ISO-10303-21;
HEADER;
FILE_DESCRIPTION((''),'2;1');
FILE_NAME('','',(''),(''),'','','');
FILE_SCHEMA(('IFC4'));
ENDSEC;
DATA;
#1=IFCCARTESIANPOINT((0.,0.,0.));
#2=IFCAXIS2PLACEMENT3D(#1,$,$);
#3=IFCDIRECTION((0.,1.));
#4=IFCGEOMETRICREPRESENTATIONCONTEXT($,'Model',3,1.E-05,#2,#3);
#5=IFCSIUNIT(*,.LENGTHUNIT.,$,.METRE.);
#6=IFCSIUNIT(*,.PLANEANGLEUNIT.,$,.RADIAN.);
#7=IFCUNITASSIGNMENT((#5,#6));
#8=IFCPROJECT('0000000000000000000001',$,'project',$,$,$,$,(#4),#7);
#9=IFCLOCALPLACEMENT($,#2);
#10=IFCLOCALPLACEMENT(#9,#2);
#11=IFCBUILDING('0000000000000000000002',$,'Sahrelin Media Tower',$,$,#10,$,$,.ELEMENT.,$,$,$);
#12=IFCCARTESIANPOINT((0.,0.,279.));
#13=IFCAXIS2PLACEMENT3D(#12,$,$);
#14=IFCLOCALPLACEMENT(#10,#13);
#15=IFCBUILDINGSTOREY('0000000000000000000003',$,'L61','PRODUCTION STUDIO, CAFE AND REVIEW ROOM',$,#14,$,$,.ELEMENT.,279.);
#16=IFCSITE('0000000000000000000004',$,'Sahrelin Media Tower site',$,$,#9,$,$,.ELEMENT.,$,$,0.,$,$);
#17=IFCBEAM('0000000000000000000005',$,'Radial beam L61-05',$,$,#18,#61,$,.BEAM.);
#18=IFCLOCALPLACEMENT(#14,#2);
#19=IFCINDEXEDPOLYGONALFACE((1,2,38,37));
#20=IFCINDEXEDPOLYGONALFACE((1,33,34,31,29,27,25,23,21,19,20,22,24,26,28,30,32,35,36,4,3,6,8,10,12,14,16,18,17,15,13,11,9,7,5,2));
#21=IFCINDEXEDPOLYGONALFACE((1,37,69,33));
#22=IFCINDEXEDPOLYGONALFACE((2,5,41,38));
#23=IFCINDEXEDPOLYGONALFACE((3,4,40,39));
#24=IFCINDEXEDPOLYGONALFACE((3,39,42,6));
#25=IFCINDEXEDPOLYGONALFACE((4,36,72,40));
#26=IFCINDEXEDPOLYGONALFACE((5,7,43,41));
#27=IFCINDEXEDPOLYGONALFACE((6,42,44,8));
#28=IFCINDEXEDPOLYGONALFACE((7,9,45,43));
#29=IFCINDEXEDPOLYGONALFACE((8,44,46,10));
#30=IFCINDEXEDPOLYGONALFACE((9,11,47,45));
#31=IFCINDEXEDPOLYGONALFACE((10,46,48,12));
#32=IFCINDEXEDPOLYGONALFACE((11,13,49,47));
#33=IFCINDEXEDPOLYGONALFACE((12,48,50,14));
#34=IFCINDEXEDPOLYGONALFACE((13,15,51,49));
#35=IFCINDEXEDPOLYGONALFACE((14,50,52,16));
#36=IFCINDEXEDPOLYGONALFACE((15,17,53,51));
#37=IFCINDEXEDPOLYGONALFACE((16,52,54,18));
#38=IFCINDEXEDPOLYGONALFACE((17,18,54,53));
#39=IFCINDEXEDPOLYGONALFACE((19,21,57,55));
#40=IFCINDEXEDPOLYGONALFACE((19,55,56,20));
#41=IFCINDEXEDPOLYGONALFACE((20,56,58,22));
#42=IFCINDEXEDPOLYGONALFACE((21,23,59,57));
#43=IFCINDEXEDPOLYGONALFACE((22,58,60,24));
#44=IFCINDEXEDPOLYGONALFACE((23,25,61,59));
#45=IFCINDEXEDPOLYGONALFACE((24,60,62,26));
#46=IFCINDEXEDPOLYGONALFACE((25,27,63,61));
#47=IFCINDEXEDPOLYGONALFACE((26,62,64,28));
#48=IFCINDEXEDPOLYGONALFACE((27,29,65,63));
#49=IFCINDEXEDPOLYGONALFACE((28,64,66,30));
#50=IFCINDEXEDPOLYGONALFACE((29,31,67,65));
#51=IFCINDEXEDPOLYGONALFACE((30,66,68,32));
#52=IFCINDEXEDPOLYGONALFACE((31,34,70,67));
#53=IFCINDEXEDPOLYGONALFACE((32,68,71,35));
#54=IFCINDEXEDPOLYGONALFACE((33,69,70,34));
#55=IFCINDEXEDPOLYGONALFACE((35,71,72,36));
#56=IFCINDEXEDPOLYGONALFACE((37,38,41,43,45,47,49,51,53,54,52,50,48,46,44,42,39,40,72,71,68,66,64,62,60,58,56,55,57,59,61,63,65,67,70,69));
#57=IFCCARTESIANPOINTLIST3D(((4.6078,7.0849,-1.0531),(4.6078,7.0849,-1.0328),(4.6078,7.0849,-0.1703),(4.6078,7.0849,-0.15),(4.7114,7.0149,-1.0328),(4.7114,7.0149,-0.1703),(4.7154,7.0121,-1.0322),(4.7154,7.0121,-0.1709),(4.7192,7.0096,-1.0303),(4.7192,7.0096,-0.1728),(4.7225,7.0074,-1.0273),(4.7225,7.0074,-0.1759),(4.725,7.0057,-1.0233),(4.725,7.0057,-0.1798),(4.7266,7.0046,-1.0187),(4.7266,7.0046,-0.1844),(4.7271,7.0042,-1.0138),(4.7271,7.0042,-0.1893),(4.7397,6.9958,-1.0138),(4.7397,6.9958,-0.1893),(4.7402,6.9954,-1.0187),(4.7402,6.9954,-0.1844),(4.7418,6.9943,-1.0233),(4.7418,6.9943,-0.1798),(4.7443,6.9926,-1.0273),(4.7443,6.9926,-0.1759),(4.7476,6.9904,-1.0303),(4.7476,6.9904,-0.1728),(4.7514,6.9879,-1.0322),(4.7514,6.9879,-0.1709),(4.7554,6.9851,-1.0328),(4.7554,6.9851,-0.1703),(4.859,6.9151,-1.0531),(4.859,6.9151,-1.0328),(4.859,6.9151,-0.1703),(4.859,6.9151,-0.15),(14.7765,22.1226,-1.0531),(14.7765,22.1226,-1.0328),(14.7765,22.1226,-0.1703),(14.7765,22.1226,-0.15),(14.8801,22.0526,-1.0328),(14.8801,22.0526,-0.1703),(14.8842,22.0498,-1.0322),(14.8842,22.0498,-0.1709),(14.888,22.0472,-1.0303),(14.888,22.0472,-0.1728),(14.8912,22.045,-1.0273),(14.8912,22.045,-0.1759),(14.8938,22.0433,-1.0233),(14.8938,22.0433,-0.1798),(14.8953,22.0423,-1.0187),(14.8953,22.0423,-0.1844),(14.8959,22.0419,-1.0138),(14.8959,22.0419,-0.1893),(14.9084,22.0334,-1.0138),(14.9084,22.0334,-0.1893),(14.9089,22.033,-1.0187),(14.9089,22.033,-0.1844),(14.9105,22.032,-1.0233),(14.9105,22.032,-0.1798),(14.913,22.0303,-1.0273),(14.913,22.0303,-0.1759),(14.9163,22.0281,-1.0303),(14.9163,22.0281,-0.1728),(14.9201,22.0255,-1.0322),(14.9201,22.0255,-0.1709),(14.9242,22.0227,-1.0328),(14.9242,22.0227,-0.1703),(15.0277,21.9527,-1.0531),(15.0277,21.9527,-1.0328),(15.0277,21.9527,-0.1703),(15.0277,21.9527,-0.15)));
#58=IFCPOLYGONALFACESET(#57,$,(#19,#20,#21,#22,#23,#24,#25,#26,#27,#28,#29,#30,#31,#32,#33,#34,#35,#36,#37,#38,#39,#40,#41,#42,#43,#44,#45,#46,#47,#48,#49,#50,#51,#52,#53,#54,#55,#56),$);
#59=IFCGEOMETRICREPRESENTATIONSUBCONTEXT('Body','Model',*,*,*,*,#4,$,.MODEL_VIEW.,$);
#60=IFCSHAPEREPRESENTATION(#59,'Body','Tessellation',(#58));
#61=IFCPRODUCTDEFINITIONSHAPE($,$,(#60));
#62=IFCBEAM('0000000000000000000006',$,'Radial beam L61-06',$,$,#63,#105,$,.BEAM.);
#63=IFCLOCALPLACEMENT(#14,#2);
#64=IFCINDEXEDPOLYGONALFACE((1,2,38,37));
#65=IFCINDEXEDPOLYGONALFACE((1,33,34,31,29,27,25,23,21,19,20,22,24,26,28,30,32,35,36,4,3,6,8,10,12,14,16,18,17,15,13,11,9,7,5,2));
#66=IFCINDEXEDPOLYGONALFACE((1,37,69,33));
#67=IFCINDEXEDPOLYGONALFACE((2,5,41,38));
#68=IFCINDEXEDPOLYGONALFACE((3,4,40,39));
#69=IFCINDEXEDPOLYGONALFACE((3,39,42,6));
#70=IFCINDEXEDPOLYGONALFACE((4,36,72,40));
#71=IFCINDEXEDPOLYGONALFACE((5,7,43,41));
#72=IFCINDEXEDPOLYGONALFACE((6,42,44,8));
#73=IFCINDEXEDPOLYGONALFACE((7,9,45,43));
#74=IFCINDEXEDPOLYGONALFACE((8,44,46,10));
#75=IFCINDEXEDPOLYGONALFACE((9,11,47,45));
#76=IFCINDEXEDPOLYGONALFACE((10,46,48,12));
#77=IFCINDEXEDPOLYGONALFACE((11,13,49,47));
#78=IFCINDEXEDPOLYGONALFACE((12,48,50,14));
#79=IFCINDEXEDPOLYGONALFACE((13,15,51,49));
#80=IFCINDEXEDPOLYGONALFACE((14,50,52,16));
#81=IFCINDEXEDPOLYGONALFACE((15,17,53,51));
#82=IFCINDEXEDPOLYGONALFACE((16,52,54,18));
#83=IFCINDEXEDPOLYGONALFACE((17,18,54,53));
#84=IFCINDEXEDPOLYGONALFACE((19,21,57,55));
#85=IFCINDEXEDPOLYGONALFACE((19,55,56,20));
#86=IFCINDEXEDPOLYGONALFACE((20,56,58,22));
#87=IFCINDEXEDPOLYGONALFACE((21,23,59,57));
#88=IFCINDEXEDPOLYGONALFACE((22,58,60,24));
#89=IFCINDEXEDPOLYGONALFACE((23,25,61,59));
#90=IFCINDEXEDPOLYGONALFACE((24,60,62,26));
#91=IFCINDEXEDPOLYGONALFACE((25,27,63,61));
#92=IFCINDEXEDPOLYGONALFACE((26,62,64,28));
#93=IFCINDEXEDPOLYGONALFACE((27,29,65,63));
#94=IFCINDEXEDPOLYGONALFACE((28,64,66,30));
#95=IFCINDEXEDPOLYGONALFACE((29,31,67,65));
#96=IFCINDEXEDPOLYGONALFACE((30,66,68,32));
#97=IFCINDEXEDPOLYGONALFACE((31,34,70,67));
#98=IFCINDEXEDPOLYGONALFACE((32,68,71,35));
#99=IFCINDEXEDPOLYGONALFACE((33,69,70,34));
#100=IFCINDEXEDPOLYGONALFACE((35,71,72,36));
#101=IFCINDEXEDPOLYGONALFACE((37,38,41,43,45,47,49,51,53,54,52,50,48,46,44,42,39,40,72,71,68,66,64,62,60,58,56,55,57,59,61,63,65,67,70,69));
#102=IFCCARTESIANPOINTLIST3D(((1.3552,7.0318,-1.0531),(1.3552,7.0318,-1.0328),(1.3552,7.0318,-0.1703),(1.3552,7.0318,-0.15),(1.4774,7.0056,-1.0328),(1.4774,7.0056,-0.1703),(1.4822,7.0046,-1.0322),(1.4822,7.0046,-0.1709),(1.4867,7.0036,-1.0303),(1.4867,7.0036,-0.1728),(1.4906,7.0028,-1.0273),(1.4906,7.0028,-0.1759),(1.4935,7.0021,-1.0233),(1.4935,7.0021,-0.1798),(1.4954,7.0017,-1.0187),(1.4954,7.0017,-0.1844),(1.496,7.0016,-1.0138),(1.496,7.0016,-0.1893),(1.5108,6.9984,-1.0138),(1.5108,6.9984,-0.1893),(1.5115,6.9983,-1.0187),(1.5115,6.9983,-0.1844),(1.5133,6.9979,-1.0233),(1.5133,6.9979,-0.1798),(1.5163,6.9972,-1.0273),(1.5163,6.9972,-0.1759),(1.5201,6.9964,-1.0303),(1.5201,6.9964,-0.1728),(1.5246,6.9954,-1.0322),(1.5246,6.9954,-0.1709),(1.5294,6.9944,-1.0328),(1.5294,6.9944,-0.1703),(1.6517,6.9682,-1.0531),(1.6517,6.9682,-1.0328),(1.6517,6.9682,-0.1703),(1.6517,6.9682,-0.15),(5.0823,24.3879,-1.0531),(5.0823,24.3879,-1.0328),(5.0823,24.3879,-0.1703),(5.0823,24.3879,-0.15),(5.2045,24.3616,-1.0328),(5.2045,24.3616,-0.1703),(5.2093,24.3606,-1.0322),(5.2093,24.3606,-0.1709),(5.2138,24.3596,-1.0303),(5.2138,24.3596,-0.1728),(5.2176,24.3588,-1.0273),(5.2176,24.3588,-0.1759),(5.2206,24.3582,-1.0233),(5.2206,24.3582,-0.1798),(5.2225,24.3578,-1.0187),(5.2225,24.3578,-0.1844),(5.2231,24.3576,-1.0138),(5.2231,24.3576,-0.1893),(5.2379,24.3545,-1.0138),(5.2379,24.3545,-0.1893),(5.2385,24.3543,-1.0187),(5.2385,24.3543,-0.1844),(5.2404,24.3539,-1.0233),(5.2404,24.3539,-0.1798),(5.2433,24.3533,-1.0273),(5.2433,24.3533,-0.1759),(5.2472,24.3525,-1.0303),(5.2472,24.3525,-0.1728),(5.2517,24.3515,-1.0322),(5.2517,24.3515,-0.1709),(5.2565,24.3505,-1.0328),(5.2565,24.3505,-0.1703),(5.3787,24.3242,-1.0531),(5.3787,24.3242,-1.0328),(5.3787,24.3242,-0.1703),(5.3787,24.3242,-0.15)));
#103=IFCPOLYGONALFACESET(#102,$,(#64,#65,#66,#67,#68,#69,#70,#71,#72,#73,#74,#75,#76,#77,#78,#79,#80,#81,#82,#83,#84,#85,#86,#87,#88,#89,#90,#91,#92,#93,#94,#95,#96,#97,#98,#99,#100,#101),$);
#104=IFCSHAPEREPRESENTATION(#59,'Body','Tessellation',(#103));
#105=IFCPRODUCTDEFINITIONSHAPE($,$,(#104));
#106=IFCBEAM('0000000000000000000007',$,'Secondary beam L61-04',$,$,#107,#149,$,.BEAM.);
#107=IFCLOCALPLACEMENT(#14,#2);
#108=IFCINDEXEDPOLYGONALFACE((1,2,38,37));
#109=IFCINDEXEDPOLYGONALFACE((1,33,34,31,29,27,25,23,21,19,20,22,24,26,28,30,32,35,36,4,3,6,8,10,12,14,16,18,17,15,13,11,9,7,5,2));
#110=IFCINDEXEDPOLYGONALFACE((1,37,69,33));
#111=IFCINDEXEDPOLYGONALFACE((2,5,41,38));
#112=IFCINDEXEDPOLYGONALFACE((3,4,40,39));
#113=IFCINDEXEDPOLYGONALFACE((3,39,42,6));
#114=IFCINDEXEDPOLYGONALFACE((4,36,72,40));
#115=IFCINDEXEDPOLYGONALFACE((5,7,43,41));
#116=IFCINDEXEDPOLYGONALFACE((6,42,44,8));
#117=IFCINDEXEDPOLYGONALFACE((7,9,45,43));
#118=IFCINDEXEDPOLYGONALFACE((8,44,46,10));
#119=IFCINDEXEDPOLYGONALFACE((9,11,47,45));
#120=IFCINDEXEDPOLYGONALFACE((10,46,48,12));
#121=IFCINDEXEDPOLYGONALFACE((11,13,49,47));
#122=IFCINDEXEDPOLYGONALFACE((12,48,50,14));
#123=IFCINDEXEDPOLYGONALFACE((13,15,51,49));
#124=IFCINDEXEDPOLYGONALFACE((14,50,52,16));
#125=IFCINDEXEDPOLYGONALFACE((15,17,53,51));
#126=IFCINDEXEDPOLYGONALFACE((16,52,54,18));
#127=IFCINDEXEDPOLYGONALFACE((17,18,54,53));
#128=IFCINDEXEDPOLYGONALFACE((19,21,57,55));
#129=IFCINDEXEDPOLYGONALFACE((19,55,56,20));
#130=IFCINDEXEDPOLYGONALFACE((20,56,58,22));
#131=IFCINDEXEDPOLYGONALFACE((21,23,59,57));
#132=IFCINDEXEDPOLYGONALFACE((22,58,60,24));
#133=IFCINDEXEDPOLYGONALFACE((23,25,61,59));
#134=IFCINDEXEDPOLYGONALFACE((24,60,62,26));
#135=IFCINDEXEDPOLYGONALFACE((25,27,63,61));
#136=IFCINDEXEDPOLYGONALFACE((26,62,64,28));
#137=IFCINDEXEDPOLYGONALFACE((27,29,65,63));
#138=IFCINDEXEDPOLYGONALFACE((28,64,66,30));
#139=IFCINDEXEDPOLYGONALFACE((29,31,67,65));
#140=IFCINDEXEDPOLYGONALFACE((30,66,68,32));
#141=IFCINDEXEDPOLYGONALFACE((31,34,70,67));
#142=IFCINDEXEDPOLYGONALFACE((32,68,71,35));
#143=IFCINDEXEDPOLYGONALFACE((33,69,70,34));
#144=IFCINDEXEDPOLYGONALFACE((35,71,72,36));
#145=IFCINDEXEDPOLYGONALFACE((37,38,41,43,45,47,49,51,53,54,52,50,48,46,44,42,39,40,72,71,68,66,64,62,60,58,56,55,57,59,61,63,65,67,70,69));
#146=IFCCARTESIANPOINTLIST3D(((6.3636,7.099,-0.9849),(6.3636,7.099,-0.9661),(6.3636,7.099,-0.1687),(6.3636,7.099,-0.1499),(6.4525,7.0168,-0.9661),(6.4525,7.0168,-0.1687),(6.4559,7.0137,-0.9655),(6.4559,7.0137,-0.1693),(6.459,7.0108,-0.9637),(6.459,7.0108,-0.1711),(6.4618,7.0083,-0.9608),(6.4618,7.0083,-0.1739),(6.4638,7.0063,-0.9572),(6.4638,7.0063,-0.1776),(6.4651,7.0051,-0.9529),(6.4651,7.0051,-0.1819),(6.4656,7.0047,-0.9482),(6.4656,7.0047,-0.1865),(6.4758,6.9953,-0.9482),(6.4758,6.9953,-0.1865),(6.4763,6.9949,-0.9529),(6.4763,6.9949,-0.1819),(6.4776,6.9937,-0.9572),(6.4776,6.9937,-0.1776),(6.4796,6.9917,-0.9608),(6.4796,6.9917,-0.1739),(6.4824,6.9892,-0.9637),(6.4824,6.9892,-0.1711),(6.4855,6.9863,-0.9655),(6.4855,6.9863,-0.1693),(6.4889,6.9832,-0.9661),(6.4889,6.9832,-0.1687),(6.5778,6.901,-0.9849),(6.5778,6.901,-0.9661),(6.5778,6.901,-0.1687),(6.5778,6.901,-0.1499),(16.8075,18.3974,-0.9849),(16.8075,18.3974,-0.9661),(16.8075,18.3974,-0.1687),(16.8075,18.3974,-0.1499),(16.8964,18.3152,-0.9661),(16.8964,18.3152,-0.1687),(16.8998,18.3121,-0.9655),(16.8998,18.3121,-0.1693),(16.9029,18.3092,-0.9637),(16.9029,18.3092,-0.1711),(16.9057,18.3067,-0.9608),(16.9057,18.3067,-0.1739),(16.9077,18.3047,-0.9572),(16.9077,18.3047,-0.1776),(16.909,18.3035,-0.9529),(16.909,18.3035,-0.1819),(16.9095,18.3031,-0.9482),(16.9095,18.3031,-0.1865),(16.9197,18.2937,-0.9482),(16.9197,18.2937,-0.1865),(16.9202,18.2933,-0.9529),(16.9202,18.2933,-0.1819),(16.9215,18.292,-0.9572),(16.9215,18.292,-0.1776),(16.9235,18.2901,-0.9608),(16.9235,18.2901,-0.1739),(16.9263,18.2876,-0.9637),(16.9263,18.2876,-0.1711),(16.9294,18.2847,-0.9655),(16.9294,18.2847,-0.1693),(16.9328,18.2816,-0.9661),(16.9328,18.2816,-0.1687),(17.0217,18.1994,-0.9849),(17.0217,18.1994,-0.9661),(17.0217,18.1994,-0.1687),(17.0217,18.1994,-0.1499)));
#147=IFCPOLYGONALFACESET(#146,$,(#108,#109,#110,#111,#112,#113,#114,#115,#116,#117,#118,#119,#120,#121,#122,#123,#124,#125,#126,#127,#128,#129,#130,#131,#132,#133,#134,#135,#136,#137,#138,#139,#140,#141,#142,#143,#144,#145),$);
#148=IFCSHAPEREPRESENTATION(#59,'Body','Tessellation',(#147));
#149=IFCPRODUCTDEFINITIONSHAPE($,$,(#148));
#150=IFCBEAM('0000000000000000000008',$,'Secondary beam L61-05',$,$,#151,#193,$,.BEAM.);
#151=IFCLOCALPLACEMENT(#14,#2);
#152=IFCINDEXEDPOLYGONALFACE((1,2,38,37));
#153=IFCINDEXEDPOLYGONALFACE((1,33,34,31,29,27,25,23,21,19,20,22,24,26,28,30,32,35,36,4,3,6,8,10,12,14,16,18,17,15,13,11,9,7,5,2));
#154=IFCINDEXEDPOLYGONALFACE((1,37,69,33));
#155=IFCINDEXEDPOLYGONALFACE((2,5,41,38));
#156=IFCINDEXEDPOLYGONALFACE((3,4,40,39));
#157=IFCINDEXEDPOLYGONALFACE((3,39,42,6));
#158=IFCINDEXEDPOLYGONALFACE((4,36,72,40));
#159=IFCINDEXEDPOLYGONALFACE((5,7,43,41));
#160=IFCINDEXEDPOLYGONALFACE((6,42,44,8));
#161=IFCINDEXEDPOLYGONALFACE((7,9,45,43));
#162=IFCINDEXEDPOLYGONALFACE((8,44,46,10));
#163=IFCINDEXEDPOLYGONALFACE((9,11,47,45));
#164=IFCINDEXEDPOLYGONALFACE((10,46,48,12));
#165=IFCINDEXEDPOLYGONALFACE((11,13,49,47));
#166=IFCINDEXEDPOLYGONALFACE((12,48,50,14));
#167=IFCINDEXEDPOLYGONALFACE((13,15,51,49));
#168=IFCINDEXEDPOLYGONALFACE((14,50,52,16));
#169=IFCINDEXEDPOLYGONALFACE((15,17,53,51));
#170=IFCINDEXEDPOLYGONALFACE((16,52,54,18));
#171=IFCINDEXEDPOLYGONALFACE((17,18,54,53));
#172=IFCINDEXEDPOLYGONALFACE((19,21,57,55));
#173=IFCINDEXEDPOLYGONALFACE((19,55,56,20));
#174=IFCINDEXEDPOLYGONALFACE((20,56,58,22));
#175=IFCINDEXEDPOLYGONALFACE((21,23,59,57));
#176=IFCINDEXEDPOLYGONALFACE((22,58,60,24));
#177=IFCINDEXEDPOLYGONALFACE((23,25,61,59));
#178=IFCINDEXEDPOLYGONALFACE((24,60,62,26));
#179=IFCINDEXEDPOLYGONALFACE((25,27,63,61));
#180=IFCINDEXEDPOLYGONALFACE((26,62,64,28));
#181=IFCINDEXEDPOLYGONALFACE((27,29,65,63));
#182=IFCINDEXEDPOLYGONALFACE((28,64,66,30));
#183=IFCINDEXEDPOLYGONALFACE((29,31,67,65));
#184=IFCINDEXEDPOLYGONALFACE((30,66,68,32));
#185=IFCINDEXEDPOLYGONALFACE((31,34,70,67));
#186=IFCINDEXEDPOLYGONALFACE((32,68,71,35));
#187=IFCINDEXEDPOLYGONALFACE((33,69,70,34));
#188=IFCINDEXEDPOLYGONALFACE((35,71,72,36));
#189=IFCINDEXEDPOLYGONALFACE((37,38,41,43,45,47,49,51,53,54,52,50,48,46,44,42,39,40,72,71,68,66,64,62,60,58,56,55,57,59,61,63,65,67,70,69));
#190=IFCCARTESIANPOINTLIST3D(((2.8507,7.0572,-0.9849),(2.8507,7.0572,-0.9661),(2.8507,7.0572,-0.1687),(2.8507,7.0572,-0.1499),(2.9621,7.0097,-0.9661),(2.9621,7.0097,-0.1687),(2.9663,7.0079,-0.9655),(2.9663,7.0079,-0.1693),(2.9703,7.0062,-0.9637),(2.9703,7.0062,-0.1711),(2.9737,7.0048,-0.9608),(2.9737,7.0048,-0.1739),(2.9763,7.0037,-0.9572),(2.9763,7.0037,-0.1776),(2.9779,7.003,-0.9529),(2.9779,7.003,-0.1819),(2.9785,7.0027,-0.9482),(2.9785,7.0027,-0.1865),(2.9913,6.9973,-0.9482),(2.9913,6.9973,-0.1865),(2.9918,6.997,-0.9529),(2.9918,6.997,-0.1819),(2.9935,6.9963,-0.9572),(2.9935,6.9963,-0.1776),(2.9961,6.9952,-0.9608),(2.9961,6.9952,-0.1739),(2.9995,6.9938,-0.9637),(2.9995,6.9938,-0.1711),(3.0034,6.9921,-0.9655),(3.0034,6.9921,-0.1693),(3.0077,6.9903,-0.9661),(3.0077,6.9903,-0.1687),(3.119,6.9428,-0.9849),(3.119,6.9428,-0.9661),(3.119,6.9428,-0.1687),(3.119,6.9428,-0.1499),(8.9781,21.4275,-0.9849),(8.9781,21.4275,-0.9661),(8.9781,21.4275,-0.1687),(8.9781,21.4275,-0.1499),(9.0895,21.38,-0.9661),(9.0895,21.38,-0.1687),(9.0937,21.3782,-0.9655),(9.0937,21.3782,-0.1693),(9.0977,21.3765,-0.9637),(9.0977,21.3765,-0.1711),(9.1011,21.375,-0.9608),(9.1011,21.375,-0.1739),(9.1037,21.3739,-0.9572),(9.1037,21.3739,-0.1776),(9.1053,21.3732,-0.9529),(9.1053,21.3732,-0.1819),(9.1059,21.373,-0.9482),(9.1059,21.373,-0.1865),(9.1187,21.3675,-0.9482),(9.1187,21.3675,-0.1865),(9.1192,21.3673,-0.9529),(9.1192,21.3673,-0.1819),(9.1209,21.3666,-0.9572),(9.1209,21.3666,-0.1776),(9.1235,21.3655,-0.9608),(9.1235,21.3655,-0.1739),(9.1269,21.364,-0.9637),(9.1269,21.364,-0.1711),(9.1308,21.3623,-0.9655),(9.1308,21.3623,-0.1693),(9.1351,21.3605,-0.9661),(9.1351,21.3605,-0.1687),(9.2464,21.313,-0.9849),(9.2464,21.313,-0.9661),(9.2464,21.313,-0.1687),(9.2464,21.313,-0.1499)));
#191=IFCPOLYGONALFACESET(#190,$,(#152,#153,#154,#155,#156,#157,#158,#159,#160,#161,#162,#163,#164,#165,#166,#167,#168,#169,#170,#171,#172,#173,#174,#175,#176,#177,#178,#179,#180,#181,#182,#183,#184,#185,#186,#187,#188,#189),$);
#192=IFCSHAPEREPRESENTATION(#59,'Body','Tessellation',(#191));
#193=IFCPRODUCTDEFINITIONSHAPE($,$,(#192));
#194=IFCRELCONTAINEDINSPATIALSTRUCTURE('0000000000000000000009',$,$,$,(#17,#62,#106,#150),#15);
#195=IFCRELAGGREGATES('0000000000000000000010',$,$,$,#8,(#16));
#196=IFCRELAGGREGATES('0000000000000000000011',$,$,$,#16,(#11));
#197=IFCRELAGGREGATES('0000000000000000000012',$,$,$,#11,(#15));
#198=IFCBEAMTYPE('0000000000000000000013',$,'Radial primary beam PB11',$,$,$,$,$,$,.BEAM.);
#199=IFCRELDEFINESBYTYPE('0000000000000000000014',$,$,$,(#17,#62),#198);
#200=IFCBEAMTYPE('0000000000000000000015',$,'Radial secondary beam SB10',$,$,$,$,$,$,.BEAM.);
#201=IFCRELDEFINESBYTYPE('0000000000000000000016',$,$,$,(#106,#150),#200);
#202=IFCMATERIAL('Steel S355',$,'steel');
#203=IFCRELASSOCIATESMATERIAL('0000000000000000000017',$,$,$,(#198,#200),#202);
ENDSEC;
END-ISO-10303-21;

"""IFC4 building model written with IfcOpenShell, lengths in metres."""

from ifc_helpers import new_model, si_unit, direction, frame, origin, origin_2d, place, context, subcontext, project, spatial, i_section, extrude, material, material_profile, profile_set, type_object, element, save


model = new_model("IFC4")

# Units and contexts
model_context = context("Model", 3, precision=1e-05, world=origin(), true_north=direction((0.0, 1.0)))
body_context = subcontext(model_context, "Body", "Model", "MODEL_VIEW")
ifc_project = project(units=[si_unit("LENGTHUNIT", "METRE"), si_unit("PLANEANGLEUNIT", "RADIAN")], contexts=[model_context])

# Site, building, storey
site_placement = place(None, origin())
site = spatial("IfcSite", under=ifc_project, at=site_placement, Name="Sahrelin Media Tower site", CompositionType="ELEMENT", RefElevation=0.0)
building_placement = place(site_placement, origin())
building = spatial("IfcBuilding", under=site, at=building_placement, Name="Sahrelin Media Tower", CompositionType="ELEMENT")
storey_placement = place(building_placement, frame((0.0, 0.0, 279.0)))
storey = spatial("IfcBuildingStorey", under=building, at=storey_placement, Name="L61", Description="PRODUCTION STUDIO, CAFE AND REVIEW ROOM", CompositionType="ELEMENT", Elevation=279.0)

# Shared definitions
ifc_material_1 = material(Name="Steel S355", Category="steel")

# Beams
ifc_material_profile_1 = material_profile(ifc_material_1, i_section(OverallWidth=0.3032, OverallDepth=0.9031, WebThickness=0.0151, FlangeThickness=0.0203, FilletRadius=0.019, at=origin_2d()), Name="UB 914x305x201")
ifc_profile_set_1 = profile_set([ifc_material_profile_1], Name="Steel S355")
beam_type_1 = type_object("IfcBeamType", Name="Radial primary beam PB11", PredefinedType="BEAM", material=ifc_profile_set_1)
beam_1_placement = place(storey_placement, frame((4.7334, 7.0, -0.6016), z_axis=(0.560166, 0.82838, 0.0), x_axis=(-0.82838, 0.560166, 0.0)))
element("IfcBeam", 1, at=beam_1_placement, inside=storey, type_object=beam_type_1, Name="Radial beam L61-05", PredefinedType="BEAM", context=body_context, shape_type="SweptSolid", body=[
    extrude(i_section(OverallWidth=0.3032, OverallDepth=0.9031, WebThickness=0.0151, FlangeThickness=0.0203, FilletRadius=0.019, at=origin_2d()), origin(), (0.0, 0.0, 1.0), 18.1531),
])
beam_2_placement = place(storey_placement, frame((1.5034, 7.0, -0.6016), z_axis=(0.209955, 0.977711, 0.0), x_axis=(-0.977711, 0.209955, 0.0)))
element("IfcBeam", 2, at=beam_2_placement, inside=storey, type_object=beam_type_1, Name="Radial beam L61-06", PredefinedType="BEAM", context=body_context, shape_type="SweptSolid", body=[
    extrude(i_section(OverallWidth=0.3032, OverallDepth=0.9031, WebThickness=0.0151, FlangeThickness=0.0203, FilletRadius=0.019, at=origin_2d()), origin(), (0.0, 0.0, 1.0), 17.7517),
])
ifc_material_profile_2 = material_profile(ifc_material_1, i_section(OverallWidth=0.2917, OverallDepth=0.835, WebThickness=0.0139, FlangeThickness=0.0188, FilletRadius=0.0178, at=origin_2d()), Name="UB 838x292x176")
ifc_profile_set_2 = profile_set([ifc_material_profile_2], Name="Steel S355")
beam_type_2 = type_object("IfcBeamType", Name="Radial secondary beam SB10", PredefinedType="BEAM", material=ifc_profile_set_2)
beam_3_placement = place(storey_placement, frame((6.4707, 7.0, -0.5674), z_axis=(0.678793, 0.73433, 0.0), x_axis=(-0.73433, 0.678793, 0.0)))
element("IfcBeam", 3, at=beam_3_placement, inside=storey, type_object=beam_type_2, Name="Secondary beam L61-04", PredefinedType="BEAM", context=body_context, shape_type="SweptSolid", body=[
    extrude(i_section(OverallWidth=0.2917, OverallDepth=0.835, WebThickness=0.0139, FlangeThickness=0.0188, FilletRadius=0.0178, at=origin_2d()), origin(), (0.0, 0.0, 1.0), 15.386),
])
beam_4_placement = place(storey_placement, frame((2.9849, 7.0, -0.5674), z_axis=(0.392227, 0.919869, 0.0), x_axis=(-0.919869, 0.392227, 0.0)))
element("IfcBeam", 4, at=beam_4_placement, inside=storey, type_object=beam_type_2, Name="Secondary beam L61-05", PredefinedType="BEAM", context=body_context, shape_type="SweptSolid", body=[
    extrude(i_section(OverallWidth=0.2917, OverallDepth=0.835, WebThickness=0.0139, FlangeThickness=0.0188, FilletRadius=0.0178, at=origin_2d()), origin(), (0.0, 0.0, 1.0), 15.6221),
])

save(model, "model.ifc")
